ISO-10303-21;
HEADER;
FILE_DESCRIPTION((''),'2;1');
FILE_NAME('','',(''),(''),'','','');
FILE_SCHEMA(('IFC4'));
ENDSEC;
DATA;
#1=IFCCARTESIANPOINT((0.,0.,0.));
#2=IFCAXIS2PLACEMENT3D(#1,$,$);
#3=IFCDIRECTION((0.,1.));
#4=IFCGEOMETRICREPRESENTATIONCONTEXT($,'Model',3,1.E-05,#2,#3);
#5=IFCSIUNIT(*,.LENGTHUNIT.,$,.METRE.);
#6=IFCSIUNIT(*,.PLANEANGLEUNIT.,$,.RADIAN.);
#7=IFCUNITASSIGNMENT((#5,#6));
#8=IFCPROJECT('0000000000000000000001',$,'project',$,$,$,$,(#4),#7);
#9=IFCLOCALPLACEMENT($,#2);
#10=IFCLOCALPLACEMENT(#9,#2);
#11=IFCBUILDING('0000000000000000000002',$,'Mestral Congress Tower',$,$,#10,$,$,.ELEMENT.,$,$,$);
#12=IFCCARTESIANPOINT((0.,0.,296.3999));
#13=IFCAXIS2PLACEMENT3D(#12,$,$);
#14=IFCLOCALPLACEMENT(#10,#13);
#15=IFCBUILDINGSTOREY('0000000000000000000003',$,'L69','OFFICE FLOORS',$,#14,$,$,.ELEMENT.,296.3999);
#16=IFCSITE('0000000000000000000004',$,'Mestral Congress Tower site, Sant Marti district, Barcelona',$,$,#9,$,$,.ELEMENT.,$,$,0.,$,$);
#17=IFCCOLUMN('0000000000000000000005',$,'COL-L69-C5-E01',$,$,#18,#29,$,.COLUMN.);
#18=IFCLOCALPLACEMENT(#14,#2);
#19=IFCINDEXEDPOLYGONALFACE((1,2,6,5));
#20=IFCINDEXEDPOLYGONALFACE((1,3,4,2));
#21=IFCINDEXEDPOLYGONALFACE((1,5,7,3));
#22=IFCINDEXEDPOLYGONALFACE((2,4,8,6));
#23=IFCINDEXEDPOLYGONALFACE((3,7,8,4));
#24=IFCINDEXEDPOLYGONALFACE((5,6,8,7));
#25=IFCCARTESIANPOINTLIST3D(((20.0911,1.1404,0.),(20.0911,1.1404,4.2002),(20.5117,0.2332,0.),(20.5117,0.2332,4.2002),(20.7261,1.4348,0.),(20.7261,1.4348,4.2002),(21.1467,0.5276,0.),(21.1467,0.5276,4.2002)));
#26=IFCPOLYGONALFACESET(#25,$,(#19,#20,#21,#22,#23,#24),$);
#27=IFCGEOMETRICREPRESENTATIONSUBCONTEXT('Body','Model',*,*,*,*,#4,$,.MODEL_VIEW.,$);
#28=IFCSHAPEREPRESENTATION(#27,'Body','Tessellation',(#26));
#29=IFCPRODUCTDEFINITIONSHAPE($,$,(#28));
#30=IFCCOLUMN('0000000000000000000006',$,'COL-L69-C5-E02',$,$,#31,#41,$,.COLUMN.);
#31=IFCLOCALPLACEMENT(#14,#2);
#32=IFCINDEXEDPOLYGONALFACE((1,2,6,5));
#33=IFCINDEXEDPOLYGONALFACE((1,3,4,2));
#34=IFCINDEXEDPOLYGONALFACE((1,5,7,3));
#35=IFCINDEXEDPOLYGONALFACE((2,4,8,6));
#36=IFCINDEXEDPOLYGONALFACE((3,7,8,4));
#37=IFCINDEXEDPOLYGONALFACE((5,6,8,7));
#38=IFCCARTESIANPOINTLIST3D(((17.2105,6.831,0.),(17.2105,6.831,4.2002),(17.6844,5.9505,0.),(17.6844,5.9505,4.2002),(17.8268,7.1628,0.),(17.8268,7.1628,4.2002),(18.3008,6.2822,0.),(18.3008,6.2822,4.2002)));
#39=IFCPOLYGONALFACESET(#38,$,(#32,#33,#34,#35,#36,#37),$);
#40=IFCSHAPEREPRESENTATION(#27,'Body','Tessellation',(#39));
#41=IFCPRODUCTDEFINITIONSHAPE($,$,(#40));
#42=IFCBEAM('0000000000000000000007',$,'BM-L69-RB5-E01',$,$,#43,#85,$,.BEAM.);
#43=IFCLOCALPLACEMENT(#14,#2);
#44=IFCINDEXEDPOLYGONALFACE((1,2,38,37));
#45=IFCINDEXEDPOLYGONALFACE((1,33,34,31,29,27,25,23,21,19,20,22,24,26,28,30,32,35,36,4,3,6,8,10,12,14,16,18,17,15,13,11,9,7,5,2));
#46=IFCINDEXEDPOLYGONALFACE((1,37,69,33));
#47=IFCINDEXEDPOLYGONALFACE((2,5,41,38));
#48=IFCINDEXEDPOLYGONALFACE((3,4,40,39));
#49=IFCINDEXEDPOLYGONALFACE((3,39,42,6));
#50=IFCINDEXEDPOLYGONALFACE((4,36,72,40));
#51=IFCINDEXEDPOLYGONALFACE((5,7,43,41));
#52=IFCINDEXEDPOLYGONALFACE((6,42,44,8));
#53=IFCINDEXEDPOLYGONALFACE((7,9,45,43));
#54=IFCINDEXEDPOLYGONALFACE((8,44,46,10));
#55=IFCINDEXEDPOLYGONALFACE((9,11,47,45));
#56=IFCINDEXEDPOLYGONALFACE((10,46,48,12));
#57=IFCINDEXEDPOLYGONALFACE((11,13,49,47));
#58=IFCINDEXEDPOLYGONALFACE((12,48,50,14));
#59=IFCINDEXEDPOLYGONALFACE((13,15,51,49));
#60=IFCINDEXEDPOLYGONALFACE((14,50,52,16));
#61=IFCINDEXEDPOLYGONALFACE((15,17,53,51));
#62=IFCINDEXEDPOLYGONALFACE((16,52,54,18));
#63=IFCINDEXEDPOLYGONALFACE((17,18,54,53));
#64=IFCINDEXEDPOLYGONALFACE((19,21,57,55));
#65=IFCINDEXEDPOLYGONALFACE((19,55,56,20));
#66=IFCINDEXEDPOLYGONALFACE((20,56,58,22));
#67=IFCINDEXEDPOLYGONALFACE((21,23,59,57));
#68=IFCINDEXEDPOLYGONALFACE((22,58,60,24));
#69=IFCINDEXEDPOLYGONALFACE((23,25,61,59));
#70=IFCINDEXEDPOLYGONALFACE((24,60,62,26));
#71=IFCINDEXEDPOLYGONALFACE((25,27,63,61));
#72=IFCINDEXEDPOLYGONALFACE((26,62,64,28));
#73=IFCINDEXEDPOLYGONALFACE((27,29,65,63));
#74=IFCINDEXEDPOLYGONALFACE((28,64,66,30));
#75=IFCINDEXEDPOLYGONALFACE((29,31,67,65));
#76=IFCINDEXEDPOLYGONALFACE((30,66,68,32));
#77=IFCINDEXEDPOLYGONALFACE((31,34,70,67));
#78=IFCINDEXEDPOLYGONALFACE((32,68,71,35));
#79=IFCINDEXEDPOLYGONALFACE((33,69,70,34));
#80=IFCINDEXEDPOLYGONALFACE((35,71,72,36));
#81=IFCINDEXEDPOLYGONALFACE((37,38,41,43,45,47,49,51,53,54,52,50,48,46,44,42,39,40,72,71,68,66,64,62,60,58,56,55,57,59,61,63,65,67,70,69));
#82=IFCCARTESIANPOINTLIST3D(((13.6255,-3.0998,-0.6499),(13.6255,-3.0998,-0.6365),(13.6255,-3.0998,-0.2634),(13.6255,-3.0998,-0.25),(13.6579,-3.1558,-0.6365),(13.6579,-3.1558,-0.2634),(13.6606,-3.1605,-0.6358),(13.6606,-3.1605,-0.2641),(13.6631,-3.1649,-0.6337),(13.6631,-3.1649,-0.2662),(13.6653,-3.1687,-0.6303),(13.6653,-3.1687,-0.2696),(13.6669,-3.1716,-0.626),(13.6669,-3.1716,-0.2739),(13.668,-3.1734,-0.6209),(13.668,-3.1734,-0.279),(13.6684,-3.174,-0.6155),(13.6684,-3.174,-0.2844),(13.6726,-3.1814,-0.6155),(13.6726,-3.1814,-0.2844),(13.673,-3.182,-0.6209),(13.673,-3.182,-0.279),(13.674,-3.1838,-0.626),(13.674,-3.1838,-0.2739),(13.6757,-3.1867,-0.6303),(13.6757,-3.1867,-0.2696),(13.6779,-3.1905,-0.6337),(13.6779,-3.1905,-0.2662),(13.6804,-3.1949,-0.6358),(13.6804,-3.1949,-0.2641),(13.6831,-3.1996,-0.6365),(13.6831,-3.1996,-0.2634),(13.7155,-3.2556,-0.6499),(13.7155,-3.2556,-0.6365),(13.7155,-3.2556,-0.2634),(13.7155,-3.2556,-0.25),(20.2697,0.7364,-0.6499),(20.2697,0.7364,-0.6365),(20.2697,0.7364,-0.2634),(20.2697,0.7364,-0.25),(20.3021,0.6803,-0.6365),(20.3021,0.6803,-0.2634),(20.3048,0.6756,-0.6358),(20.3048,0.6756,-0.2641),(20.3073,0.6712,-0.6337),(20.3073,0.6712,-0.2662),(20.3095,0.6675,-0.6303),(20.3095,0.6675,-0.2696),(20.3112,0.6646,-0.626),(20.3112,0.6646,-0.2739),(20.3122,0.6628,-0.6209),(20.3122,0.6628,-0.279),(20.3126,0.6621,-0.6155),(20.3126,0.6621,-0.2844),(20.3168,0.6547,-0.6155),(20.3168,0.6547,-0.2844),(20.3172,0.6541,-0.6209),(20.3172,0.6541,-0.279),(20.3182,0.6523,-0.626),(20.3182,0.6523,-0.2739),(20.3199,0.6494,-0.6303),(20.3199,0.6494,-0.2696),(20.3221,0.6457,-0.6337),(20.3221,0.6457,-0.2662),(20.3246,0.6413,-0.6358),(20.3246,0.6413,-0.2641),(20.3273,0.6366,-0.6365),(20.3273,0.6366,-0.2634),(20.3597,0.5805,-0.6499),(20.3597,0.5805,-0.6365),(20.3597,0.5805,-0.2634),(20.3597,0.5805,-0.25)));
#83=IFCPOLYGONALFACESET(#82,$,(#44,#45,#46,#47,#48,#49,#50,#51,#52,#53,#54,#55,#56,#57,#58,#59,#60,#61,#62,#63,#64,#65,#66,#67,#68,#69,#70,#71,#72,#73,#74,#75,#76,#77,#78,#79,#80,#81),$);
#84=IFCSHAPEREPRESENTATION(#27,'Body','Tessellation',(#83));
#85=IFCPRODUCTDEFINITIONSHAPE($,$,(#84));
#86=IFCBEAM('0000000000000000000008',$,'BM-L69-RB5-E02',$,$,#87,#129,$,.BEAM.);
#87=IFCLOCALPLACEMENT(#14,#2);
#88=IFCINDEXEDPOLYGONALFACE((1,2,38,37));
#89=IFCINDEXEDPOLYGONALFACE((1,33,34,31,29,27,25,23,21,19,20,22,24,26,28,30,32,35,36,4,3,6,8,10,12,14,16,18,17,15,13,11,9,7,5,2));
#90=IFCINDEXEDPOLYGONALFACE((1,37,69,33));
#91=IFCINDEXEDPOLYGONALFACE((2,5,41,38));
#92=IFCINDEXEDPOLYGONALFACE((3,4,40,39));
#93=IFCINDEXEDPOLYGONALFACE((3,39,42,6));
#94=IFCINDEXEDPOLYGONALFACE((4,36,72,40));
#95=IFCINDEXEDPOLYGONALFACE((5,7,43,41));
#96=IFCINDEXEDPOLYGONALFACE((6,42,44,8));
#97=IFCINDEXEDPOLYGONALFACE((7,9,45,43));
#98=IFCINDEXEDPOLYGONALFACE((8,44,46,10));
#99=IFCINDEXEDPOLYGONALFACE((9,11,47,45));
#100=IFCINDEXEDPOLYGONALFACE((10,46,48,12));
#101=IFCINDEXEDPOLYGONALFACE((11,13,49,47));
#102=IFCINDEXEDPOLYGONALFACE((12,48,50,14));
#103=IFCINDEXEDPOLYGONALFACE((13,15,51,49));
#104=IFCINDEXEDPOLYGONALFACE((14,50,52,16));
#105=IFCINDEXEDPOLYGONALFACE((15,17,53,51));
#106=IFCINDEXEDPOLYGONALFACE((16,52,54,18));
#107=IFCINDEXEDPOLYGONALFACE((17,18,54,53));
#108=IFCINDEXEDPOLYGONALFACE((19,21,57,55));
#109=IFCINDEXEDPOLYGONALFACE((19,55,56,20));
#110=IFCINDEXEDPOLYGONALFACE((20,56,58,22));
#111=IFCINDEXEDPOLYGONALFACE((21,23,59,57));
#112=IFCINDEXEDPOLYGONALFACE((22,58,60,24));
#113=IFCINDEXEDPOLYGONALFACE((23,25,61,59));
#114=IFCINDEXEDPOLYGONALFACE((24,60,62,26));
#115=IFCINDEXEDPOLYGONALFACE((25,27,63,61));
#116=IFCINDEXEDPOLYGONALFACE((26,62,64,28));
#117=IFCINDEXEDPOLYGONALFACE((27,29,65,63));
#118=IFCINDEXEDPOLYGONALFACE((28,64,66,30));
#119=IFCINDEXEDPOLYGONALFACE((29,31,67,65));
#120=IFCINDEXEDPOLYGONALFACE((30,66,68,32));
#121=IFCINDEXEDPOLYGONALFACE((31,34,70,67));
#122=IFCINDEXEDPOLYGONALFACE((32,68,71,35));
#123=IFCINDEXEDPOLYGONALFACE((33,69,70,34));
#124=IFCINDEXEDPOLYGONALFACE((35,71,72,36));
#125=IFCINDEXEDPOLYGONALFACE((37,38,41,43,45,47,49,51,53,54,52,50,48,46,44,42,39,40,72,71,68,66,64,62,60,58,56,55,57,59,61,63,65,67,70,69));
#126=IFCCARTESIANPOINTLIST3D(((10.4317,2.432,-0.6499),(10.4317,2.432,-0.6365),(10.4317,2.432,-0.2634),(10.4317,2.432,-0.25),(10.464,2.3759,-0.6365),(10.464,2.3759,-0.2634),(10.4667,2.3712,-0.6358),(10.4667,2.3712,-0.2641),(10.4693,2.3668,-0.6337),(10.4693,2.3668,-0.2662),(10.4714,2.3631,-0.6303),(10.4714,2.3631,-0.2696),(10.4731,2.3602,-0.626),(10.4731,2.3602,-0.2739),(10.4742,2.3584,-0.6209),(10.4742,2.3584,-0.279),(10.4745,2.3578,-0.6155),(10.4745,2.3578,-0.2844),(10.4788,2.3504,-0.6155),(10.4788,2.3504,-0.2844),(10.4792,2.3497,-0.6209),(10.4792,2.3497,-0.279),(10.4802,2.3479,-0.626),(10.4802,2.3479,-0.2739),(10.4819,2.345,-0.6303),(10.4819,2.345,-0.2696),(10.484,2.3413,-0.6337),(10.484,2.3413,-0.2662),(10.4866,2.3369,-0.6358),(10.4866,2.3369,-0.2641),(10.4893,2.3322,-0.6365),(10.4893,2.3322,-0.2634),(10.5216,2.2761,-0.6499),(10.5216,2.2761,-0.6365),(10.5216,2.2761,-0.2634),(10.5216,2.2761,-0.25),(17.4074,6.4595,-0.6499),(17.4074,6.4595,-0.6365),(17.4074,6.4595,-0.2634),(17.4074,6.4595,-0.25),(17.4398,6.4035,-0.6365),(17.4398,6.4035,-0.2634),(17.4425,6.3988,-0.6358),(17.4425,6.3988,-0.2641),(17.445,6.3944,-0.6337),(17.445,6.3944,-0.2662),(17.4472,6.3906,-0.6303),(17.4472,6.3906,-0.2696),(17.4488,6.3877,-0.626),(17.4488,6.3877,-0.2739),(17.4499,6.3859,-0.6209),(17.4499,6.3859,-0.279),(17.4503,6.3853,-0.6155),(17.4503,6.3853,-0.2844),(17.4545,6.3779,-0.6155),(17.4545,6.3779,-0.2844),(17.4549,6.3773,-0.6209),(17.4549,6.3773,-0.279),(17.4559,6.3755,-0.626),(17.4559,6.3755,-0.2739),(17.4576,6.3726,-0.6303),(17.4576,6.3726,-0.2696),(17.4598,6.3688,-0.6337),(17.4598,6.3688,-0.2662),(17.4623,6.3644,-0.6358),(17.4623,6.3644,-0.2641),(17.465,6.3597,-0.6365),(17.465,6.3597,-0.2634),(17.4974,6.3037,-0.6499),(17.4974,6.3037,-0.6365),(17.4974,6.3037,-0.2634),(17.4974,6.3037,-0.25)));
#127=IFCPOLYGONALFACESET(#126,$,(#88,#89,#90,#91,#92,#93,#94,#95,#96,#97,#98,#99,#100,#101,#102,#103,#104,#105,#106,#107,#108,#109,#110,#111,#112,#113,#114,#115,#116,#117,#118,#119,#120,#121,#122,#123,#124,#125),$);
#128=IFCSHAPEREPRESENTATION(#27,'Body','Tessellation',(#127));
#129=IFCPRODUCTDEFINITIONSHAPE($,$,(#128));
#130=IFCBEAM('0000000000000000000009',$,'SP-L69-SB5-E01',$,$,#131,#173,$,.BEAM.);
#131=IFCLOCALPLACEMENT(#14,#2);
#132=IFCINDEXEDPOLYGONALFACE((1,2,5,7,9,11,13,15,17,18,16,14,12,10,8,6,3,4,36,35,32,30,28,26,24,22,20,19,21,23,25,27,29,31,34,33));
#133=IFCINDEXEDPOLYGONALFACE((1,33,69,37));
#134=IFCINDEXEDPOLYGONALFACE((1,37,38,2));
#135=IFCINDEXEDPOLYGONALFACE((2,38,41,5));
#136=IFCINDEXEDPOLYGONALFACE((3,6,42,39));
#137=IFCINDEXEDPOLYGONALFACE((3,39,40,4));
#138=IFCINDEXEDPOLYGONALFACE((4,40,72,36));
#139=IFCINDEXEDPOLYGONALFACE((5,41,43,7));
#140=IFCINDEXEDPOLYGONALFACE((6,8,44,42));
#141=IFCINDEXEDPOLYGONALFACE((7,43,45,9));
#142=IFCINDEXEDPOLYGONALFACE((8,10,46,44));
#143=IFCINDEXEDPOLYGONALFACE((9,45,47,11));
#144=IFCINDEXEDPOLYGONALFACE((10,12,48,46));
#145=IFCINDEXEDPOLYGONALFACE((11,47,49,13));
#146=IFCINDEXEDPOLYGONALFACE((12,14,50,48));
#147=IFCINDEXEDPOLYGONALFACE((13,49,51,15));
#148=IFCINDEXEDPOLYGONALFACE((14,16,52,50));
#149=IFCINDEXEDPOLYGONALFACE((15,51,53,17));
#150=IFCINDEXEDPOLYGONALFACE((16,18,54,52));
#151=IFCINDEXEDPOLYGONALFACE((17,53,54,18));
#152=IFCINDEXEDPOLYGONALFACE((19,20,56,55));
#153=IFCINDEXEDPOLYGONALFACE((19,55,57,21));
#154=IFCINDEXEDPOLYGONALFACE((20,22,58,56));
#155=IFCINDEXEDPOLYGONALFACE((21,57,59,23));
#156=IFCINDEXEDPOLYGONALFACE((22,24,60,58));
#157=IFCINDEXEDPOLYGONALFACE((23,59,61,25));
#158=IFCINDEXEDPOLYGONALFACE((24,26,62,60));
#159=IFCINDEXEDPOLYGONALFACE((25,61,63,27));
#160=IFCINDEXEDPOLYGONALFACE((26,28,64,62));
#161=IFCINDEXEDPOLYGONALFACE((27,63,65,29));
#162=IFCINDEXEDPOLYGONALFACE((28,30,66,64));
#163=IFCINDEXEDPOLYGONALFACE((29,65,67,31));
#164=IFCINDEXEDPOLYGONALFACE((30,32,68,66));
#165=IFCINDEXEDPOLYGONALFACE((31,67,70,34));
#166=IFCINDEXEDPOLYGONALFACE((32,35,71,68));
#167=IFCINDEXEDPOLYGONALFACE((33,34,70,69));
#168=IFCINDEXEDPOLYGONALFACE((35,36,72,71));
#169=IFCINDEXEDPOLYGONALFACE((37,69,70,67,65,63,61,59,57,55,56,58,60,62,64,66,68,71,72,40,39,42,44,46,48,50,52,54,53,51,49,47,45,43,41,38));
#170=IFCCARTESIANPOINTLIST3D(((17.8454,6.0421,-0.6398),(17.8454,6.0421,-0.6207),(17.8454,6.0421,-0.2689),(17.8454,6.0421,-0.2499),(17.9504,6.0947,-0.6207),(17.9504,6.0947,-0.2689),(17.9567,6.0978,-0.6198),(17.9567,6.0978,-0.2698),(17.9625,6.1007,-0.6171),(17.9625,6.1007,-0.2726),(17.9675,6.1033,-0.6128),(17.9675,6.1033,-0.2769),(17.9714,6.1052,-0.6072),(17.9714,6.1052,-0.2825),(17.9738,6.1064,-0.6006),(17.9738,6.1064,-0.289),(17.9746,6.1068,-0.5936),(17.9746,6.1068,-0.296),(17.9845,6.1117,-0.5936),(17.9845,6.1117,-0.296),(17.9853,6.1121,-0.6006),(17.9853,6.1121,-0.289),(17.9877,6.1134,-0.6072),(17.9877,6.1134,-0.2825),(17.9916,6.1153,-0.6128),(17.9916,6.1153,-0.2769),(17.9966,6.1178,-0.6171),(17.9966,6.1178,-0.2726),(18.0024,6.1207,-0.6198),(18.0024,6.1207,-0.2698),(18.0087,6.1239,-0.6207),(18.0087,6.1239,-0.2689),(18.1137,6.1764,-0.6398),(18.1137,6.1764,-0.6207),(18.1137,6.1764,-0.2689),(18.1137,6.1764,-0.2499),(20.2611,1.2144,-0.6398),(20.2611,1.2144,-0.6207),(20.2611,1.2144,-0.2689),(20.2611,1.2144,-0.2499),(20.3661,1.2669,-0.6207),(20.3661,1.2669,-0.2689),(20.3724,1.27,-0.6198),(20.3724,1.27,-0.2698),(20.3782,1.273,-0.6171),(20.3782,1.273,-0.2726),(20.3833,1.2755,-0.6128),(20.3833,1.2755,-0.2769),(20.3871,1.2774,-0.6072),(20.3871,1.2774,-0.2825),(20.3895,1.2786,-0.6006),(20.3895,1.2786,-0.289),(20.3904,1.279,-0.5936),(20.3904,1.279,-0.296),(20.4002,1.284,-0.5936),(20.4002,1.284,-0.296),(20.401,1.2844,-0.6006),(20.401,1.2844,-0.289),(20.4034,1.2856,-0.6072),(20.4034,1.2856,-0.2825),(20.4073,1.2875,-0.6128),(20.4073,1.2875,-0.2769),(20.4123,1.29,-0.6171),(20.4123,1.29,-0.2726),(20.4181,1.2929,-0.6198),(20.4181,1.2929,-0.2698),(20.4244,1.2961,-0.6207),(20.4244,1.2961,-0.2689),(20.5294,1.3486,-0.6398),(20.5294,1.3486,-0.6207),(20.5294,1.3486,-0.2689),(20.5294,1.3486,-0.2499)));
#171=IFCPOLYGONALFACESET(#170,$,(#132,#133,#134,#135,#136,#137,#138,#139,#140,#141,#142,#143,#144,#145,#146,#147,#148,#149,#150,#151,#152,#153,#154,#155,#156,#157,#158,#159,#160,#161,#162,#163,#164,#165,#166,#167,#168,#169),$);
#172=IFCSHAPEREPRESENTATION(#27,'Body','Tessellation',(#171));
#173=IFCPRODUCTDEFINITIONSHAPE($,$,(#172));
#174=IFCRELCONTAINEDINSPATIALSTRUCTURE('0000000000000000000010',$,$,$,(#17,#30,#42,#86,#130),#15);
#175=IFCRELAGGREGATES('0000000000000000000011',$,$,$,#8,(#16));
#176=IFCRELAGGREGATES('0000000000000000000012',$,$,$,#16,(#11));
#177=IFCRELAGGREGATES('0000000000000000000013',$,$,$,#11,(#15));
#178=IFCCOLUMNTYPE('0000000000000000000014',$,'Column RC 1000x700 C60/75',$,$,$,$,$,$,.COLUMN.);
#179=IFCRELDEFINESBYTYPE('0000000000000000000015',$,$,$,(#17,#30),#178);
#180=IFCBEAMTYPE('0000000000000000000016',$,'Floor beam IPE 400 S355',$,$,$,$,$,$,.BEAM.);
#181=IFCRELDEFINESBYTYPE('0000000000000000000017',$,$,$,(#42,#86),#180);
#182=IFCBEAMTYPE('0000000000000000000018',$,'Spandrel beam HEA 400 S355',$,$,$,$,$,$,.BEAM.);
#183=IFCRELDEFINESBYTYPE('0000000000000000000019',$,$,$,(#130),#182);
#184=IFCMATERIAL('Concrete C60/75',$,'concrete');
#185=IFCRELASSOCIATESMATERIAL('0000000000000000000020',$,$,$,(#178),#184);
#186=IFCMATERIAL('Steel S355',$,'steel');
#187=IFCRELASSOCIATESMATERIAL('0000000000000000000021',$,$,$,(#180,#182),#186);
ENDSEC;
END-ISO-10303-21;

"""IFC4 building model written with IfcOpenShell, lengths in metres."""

from ifc_helpers import new_model, si_unit, direction, frame, origin, origin_2d, place, context, subcontext, project, spatial, rectangle, i_section, extrude, material, material_profile, profile_set, type_object, element, save


model = new_model("IFC4")

# Units and contexts
model_context = context("Model", 3, precision=1e-05, world=origin(), true_north=direction((0.0, 1.0)))
body_context = subcontext(model_context, "Body", "Model", "MODEL_VIEW")
ifc_project = project(units=[si_unit("LENGTHUNIT", "METRE"), si_unit("PLANEANGLEUNIT", "RADIAN")], contexts=[model_context])

# Site, building, storey
site_placement = place(None, origin())
site = spatial("IfcSite", under=ifc_project, at=site_placement, Name="Mestral Congress Tower site, Sant Marti district, Barcelona", CompositionType="ELEMENT", RefElevation=0.0)
building_placement = place(site_placement, origin())
building = spatial("IfcBuilding", under=site, at=building_placement, Name="Mestral Congress Tower", CompositionType="ELEMENT")
storey_placement = place(building_placement, frame((0.0, 0.0, 296.3999)))
storey = spatial("IfcBuildingStorey", under=building, at=storey_placement, Name="L69", Description="OFFICE FLOORS", CompositionType="ELEMENT", Elevation=296.3999)

# Columns
ifc_material_1 = material(Name="Concrete C60/75", Category="concrete")
ifc_material_profile_1 = material_profile(ifc_material_1, rectangle(XDim=1.0, YDim=0.7, at=origin_2d()), Name="RC 1000x700")
ifc_profile_set_1 = profile_set([ifc_material_profile_1], Name="Concrete C60/75")
column_type = type_object("IfcColumnType", Name="Column RC 1000x700 C60/75", PredefinedType="COLUMN", material=ifc_profile_set_1)
for number, where, z_axis, x_axis, name in (
    (1, (20.6189, 0.834, 0.0), (0.0, 0.0, 1.0), (-0.420596, 0.907248, 0.0), "COL-L69-C5-E01"),
    (2, (17.7556, 6.5566, 0.0), (0.0, 0.0, 1.0), (-0.473945, 0.880554, 0.0), "COL-L69-C5-E02"),
):
    element("IfcColumn", number, at=place(storey_placement, frame(where, z_axis=z_axis, x_axis=x_axis)), inside=storey, type_object=column_type, Name=name, PredefinedType="COLUMN", context=body_context, shape_type="SweptSolid", body=[
        extrude(rectangle(XDim=1.0, YDim=0.7, at=origin_2d()), origin(), (0.0, 0.0, 1.0), 4.2002),
    ])

# Beams
ifc_material_2 = material(Name="Steel S355", Category="steel")
ifc_material_profile_2 = material_profile(ifc_material_2, i_section(OverallWidth=0.1799, OverallDepth=0.3999, WebThickness=0.0085, FlangeThickness=0.0134, FilletRadius=0.021, at=origin_2d()), Name="IPE 400")
ifc_profile_set_2 = profile_set([ifc_material_profile_2], Name="Steel S355")
beam_type_1 = type_object("IfcBeamType", Name="Floor beam IPE 400 S355", PredefinedType="BEAM", material=ifc_profile_set_2)
beam_1_placement = place(storey_placement, frame((20.3147, 0.6584, -0.45), z_axis=(-0.86602, -0.50001, 0.0), x_axis=(0.50001, -0.86602, 0.0)))
element("IfcBeam", 3, at=beam_1_placement, inside=storey, type_object=beam_type_1, Name="BM-L69-RB5-E01", PredefinedType="BEAM", context=body_context, shape_type="SweptSolid", body=[
    extrude(i_section(OverallWidth=0.1799, OverallDepth=0.3999, WebThickness=0.0085, FlangeThickness=0.0134, FilletRadius=0.021, at=origin_2d()), origin(), (0.0, 0.0, 1.0), 7.6721),
])
beam_2_placement = place(storey_placement, frame((17.4524, 6.3816, -0.45), z_axis=(-0.866021, -0.500008, 0.0), x_axis=(0.500008, -0.866021, 0.0)))
element("IfcBeam", 4, at=beam_2_placement, inside=storey, type_object=beam_type_1, Name="BM-L69-RB5-E02", PredefinedType="BEAM", context=body_context, shape_type="SweptSolid", body=[
    extrude(i_section(OverallWidth=0.1799, OverallDepth=0.3999, WebThickness=0.0085, FlangeThickness=0.0134, FilletRadius=0.021, at=origin_2d()), origin(), (0.0, 0.0, 1.0), 8.0549),
])
ifc_material_profile_3 = material_profile(ifc_material_2, i_section(OverallWidth=0.3, OverallDepth=0.3899, WebThickness=0.011, FlangeThickness=0.019, FilletRadius=0.0271, at=origin_2d()), Name="HEA 400")
ifc_profile_set_3 = profile_set([ifc_material_profile_3], Name="Steel S355")
beam_type_2 = type_object("IfcBeamType", Name="Spandrel beam HEA 400 S355", PredefinedType="BEAM", material=ifc_profile_set_3)
beam_3_placement = place(storey_placement, frame((20.3953, 1.2815, -0.4448), z_axis=(-0.447485, 0.894291, 0.0), x_axis=(-0.894291, -0.447485, 0.0)))
element("IfcBeam", 5, at=beam_3_placement, inside=storey, type_object=beam_type_2, Name="SP-L69-SB5-E01", PredefinedType="BEAM", context=body_context, shape_type="SweptSolid", body=[
    extrude(i_section(OverallWidth=0.3, OverallDepth=0.3899, WebThickness=0.011, FlangeThickness=0.019, FilletRadius=0.0271, at=origin_2d()), origin(), (0.0, 0.0, 1.0), 5.3984),
])

save(model, "model.ifc")
